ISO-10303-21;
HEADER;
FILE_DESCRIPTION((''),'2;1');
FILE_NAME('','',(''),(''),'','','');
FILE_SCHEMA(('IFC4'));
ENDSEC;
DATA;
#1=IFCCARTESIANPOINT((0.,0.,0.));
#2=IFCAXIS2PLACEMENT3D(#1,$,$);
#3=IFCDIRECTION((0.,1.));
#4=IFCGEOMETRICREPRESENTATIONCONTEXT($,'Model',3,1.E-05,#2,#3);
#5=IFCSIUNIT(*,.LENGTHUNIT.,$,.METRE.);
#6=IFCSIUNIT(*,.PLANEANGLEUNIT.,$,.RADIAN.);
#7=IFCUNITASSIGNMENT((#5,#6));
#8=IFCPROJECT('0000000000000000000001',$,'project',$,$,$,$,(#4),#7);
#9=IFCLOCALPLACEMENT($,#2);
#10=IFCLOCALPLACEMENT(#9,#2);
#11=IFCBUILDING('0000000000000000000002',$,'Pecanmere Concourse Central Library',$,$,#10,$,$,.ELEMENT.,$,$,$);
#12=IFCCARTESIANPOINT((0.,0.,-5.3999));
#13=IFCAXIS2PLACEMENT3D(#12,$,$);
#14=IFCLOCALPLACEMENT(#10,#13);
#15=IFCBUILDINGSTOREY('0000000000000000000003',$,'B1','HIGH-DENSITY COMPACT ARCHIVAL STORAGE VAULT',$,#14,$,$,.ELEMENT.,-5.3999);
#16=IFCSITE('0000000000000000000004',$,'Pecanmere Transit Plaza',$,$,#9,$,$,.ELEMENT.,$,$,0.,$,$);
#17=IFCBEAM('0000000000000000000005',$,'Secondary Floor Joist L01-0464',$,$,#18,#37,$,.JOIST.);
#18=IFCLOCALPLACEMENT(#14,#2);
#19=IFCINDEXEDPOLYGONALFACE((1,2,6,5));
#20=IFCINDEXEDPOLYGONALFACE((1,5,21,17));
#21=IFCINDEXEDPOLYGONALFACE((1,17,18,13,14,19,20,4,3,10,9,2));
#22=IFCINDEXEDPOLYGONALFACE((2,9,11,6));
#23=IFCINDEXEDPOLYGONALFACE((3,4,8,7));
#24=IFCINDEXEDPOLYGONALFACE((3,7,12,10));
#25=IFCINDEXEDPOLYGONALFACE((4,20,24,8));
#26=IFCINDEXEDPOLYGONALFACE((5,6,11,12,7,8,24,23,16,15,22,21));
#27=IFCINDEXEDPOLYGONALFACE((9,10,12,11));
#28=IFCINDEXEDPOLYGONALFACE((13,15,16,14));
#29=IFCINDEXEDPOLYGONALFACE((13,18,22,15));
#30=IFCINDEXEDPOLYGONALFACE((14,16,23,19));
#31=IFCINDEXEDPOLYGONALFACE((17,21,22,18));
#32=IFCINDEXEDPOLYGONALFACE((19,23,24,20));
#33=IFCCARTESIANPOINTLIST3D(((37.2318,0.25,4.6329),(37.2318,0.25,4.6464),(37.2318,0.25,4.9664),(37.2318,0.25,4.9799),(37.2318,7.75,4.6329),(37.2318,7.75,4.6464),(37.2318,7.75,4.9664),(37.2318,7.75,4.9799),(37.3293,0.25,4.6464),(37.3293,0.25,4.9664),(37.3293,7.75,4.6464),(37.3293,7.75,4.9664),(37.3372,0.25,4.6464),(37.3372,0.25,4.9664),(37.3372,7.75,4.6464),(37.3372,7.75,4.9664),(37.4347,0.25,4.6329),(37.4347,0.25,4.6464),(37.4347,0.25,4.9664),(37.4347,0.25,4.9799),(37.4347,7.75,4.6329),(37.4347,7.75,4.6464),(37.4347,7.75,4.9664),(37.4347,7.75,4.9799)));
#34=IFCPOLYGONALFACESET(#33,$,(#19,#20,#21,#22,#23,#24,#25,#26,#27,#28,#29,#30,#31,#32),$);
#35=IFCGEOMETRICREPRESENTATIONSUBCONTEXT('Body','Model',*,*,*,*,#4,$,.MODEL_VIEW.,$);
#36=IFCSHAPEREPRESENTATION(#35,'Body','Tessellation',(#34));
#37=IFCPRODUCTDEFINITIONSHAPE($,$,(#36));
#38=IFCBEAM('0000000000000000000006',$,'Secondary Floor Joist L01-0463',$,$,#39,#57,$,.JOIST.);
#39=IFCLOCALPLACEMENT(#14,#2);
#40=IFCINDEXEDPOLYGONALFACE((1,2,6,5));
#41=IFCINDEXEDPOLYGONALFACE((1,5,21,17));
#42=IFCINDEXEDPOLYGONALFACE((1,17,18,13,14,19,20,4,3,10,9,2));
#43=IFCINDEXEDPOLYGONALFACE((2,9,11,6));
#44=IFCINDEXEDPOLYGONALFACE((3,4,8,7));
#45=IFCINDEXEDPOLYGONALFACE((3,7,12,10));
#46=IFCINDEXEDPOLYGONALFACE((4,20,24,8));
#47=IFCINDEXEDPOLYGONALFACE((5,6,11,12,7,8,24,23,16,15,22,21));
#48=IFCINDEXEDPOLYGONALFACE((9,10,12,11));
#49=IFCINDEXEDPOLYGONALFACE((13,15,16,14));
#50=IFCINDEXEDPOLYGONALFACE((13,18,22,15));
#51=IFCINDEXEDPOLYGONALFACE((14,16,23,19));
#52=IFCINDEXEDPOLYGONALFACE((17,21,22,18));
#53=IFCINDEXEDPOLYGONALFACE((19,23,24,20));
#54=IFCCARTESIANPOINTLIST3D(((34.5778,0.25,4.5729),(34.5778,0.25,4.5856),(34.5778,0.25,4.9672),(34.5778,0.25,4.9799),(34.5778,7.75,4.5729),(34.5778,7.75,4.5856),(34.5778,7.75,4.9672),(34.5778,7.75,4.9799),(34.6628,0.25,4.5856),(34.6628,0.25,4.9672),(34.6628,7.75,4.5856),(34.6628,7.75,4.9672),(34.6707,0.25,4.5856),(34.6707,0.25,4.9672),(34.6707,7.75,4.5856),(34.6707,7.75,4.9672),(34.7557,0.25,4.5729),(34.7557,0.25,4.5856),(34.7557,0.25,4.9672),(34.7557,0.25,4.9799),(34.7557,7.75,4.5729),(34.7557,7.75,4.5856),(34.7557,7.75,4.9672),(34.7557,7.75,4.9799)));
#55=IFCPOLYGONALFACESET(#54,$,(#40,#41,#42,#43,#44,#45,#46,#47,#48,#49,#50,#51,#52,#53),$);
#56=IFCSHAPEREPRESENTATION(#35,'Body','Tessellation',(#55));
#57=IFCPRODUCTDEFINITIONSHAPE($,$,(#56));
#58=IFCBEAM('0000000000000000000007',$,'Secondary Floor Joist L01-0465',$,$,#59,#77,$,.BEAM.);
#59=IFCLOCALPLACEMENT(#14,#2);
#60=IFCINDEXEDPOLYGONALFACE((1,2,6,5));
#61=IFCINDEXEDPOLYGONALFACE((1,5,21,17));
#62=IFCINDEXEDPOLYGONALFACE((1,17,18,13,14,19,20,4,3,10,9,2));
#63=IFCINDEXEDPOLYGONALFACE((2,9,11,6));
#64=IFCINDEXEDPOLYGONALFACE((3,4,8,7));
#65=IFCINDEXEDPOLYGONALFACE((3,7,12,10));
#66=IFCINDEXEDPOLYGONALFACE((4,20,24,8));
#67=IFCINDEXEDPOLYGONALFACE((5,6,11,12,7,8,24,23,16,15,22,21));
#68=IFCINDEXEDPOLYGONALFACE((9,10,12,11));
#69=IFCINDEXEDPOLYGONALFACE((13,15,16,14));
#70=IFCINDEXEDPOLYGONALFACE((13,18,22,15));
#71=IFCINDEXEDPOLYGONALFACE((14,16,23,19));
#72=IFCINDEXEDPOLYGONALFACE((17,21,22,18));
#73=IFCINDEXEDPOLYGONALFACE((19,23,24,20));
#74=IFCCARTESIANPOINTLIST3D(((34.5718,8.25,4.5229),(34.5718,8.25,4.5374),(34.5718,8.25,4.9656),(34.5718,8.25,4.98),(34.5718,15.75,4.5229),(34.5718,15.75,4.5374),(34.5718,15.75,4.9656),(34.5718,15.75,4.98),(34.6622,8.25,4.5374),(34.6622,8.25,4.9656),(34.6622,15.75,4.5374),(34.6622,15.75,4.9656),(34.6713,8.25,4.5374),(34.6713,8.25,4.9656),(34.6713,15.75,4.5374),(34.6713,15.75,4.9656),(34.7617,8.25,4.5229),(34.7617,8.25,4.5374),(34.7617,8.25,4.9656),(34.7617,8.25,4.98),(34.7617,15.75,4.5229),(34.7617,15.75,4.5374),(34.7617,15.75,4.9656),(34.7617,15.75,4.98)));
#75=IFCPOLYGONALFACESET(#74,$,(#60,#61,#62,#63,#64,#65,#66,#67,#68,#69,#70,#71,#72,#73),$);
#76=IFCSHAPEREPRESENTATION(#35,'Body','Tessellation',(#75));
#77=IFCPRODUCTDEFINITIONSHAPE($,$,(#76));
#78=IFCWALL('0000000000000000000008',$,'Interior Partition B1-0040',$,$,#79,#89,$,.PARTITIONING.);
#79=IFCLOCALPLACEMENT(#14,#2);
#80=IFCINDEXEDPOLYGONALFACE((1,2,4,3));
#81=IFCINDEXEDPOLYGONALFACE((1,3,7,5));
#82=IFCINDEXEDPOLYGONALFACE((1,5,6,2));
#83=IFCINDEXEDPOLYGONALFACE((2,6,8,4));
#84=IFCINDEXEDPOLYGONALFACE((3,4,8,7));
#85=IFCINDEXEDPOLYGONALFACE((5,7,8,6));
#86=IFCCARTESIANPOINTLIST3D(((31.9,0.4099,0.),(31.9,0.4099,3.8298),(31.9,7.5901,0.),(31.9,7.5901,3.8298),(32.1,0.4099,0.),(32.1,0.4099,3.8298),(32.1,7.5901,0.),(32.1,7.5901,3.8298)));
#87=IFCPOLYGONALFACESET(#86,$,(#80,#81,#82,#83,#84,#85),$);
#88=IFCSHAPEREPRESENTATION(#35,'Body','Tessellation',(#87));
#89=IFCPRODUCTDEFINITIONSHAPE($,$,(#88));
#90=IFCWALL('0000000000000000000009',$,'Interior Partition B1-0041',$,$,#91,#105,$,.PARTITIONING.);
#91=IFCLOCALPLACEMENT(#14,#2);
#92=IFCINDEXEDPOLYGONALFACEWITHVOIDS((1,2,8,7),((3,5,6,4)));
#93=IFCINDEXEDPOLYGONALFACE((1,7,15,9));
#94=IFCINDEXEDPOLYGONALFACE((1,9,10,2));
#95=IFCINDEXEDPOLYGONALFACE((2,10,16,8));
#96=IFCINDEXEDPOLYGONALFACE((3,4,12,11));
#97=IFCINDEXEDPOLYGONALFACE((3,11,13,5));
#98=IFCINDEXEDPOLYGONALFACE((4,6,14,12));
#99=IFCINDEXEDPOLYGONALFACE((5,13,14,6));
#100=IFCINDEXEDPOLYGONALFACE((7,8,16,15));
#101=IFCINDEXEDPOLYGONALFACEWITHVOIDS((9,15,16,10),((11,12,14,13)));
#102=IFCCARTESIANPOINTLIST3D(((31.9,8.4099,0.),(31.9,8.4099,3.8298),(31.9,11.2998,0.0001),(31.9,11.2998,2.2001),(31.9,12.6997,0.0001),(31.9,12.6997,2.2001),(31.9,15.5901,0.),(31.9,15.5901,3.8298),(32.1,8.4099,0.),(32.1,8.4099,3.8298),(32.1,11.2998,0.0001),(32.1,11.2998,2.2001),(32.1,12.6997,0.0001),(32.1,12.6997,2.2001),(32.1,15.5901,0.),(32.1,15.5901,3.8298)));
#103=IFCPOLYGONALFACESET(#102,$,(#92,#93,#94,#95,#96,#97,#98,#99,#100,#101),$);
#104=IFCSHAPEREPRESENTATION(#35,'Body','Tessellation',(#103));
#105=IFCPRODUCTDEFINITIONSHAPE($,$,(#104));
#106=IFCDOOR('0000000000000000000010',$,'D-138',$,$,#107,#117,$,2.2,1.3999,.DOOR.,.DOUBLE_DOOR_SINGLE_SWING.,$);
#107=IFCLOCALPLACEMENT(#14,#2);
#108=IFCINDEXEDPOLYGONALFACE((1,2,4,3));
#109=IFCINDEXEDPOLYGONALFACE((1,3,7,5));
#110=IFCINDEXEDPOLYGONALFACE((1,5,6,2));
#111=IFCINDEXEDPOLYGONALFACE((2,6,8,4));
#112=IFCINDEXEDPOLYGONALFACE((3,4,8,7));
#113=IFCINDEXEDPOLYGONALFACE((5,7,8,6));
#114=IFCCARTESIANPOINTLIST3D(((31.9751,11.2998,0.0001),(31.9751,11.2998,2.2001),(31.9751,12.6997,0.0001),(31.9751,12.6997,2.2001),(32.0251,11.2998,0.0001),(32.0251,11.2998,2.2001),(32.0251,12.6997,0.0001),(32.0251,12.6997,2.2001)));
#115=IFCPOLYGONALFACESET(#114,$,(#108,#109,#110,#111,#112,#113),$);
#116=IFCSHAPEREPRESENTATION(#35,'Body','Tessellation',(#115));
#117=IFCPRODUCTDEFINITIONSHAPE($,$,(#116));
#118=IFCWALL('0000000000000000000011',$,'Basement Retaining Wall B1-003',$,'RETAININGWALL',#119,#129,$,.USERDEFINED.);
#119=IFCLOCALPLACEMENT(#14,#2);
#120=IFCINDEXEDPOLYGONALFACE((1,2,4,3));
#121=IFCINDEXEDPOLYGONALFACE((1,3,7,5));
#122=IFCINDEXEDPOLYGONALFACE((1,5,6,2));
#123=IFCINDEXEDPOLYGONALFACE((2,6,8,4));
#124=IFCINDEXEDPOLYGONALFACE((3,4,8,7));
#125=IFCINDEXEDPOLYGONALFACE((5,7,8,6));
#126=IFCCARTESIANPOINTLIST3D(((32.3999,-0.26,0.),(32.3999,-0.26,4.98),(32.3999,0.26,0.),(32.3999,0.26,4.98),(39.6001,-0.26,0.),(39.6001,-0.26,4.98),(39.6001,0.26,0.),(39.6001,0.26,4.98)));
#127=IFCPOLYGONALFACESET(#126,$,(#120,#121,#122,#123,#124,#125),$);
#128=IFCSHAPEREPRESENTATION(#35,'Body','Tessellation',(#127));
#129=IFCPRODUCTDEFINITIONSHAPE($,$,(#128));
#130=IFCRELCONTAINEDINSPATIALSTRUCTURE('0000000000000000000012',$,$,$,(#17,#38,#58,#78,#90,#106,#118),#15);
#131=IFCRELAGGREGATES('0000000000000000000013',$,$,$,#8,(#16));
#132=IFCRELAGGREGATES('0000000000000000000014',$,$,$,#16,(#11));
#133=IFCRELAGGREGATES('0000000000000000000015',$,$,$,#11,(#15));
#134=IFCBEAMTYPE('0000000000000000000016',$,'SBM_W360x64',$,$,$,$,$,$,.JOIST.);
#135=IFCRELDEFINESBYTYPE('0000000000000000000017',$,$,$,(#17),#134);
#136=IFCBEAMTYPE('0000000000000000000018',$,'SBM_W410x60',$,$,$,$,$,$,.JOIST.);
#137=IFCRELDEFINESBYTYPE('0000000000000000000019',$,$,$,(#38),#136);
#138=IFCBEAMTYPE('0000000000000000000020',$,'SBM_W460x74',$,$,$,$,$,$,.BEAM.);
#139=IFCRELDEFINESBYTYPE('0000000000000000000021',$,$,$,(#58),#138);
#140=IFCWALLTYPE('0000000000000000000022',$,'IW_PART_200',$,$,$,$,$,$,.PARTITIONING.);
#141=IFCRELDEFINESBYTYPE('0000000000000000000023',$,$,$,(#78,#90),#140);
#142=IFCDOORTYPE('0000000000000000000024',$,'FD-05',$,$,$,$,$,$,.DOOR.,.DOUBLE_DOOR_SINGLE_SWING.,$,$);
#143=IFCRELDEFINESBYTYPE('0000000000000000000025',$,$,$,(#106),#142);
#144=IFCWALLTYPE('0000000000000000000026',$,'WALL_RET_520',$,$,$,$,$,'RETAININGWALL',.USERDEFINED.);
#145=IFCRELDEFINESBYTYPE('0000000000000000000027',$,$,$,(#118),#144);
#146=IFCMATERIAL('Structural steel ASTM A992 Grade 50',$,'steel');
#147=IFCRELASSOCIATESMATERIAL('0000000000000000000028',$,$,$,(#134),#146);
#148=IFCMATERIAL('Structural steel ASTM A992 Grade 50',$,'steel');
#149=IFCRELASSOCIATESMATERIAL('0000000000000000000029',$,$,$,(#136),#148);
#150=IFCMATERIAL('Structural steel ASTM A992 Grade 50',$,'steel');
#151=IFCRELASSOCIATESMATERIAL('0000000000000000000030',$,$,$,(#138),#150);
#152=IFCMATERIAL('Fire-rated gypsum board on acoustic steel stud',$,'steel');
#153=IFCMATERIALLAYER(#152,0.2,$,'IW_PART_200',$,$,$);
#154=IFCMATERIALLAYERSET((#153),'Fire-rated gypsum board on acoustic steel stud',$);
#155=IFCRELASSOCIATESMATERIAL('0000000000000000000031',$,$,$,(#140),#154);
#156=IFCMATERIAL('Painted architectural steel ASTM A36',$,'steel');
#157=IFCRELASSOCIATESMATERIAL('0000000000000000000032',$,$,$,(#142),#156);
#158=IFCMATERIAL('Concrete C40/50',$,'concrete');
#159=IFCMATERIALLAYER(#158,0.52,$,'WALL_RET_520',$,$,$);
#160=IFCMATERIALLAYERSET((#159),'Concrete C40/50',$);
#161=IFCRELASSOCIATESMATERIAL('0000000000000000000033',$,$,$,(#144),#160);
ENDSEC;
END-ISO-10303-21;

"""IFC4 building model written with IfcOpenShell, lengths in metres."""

from ifc_helpers import new_model, si_unit, direction, frame, frame_2d, origin, origin_2d, place, context, subcontext, project, spatial, rectangle, i_section, extrude, material, layer, layer_set, material_profile, profile_set, type_object, element, fill, save


model = new_model("IFC4")

# Units and contexts
model_context = context("Model", 3, precision=1e-05, world=origin(), true_north=direction((0.0, 1.0)))
body_context = subcontext(model_context, "Body", "Model", "MODEL_VIEW")
ifc_project = project(units=[si_unit("LENGTHUNIT", "METRE"), si_unit("PLANEANGLEUNIT", "RADIAN")], contexts=[model_context])

# Site, building, storey
site_placement = place(None, origin())
site = spatial("IfcSite", under=ifc_project, at=site_placement, Name="Pecanmere Transit Plaza", CompositionType="ELEMENT", RefElevation=0.0)
building_placement = place(site_placement, origin())
building = spatial("IfcBuilding", under=site, at=building_placement, Name="Pecanmere Concourse Central Library", CompositionType="ELEMENT")
storey_placement = place(building_placement, frame((0.0, 0.0, -5.3999)))
storey = spatial("IfcBuildingStorey", under=building, at=storey_placement, Name="B1", Description="HIGH-DENSITY COMPACT ARCHIVAL STORAGE VAULT", CompositionType="ELEMENT", Elevation=-5.3999)

# Beams
ifc_material_1 = material(Name="Structural steel ASTM A992 Grade 50", Category="steel")
ifc_material_profile_1 = material_profile(ifc_material_1, i_section(OverallWidth=0.2029, OverallDepth=0.3469, WebThickness=0.0078, FlangeThickness=0.0134, at=origin_2d()), Name="W360x64")
ifc_profile_set_1 = profile_set([ifc_material_profile_1], Name="Structural steel ASTM A992 Grade 50")
beam_type_1 = type_object("IfcBeamType", Name="SBM_W360x64", PredefinedType="JOIST", material=ifc_profile_set_1)
beam_1_placement = place(storey_placement, frame((37.3333, 0.25, 4.8064), z_axis=(0.0, 1.0, 0.0), x_axis=(-1.0, 0.0, 0.0)))
element("IfcBeam", 1, at=beam_1_placement, inside=storey, type_object=beam_type_1, Name="Secondary Floor Joist L01-0464", PredefinedType="JOIST", context=body_context, shape_type="SweptSolid", body=[
    extrude(i_section(OverallWidth=0.2029, OverallDepth=0.3469, WebThickness=0.0078, FlangeThickness=0.0134, at=origin_2d()), origin(), (0.0, 0.0, 1.0), 7.5),
])
ifc_material_2 = material(Name="Structural steel ASTM A992 Grade 50", Category="steel")
ifc_material_profile_2 = material_profile(ifc_material_2, i_section(OverallWidth=0.178, OverallDepth=0.407, WebThickness=0.0078, FlangeThickness=0.0127, at=origin_2d()), Name="W410x60")
ifc_profile_set_2 = profile_set([ifc_material_profile_2], Name="Structural steel ASTM A992 Grade 50")
beam_type_2 = type_object("IfcBeamType", Name="SBM_W410x60", PredefinedType="JOIST", material=ifc_profile_set_2)
beam_2_placement = place(storey_placement, frame((34.6667, 0.25, 4.7764), z_axis=(0.0, 1.0, 0.0), x_axis=(-1.0, 0.0, 0.0)))
element("IfcBeam", 2, at=beam_2_placement, inside=storey, type_object=beam_type_2, Name="Secondary Floor Joist L01-0463", PredefinedType="JOIST", context=body_context, shape_type="SweptSolid", body=[
    extrude(i_section(OverallWidth=0.178, OverallDepth=0.407, WebThickness=0.0078, FlangeThickness=0.0127, at=origin_2d()), origin(), (0.0, 0.0, 1.0), 7.5),
])
ifc_material_3 = material(Name="Structural steel ASTM A992 Grade 50", Category="steel")
ifc_material_profile_3 = material_profile(ifc_material_3, i_section(OverallWidth=0.1899, OverallDepth=0.457, WebThickness=0.009, FlangeThickness=0.0144, at=origin_2d()), Name="W460x74")
ifc_profile_set_3 = profile_set([ifc_material_profile_3], Name="Structural steel ASTM A992 Grade 50")
beam_type_3 = type_object("IfcBeamType", Name="SBM_W460x74", PredefinedType="BEAM", material=ifc_profile_set_3)
beam_3_placement = place(storey_placement, frame((34.6667, 8.25, 4.7515), z_axis=(0.0, 1.0, 0.0), x_axis=(-1.0, 0.0, 0.0)))
element("IfcBeam", 3, at=beam_3_placement, inside=storey, type_object=beam_type_3, Name="Secondary Floor Joist L01-0465", PredefinedType="BEAM", context=body_context, shape_type="SweptSolid", body=[
    extrude(i_section(OverallWidth=0.1899, OverallDepth=0.457, WebThickness=0.009, FlangeThickness=0.0144, at=origin_2d()), origin(), (0.0, 0.0, 1.0), 7.5),
])

# Wall
ifc_material_4 = material(Name="Fire-rated gypsum board on acoustic steel stud", Category="steel")
ifc_layer_1 = layer(ifc_material_4, 0.2, Name="IW_PART_200")
ifc_layer_set_1 = layer_set([ifc_layer_1], Name="Fire-rated gypsum board on acoustic steel stud")
wall_type_1 = type_object("IfcWallType", Name="IW_PART_200", PredefinedType="PARTITIONING", material=ifc_layer_set_1)
wall_1_placement = place(storey_placement, frame((32.0, 0.4099, 0.0), z_axis=(0.0, 0.0, 1.0), x_axis=(0.0, 1.0, 0.0)))
element("IfcWall", 4, at=wall_1_placement, inside=storey, type_object=wall_type_1, Name="Interior Partition B1-0040", PredefinedType="PARTITIONING", context=body_context, shape_type="SweptSolid", body=[
    extrude(rectangle(XDim=7.1802, YDim=0.2, at=frame_2d((3.5901, 0.0))), origin(), (0.0, 0.0, 1.0), 3.8298),
])

# Wall, opening, door
wall_2_placement = place(storey_placement, frame((32.0, 8.4099, 0.0), z_axis=(0.0, 0.0, 1.0), x_axis=(0.0, 1.0, 0.0)))
wall_2 = element("IfcWall", 5, at=wall_2_placement, inside=storey, type_object=wall_type_1, Name="Interior Partition B1-0041", PredefinedType="PARTITIONING", context=body_context, shape_type="SweptSolid", body=[
    extrude(rectangle(XDim=7.1802, YDim=0.2, at=frame_2d((3.5901, 0.0))), origin(), (0.0, 0.0, 1.0), 3.8298),
])
opening_placement = place(wall_2_placement, frame((2.8899, 0.0, 0.0)))
opening = element("IfcOpeningElement", 6, at=opening_placement, cuts=wall_2, PredefinedType="OPENING", context=body_context, shape_type="SweptSolid", body=[
    extrude(rectangle(XDim=1.3999, YDim=2.2, at=frame_2d((0.7, 1.1001))), frame((0.0, 0.1118, 0.0), z_axis=(0.0, -1.0, 0.0), x_axis=(1.0, 0.0, 0.0)), (0.0, 0.0, 1.0), 0.2239),
])
ifc_material_5 = material(Name="Painted architectural steel ASTM A36", Category="steel")
door_type = type_object("IfcDoorType", Name="FD-05", OperationType="DOUBLE_DOOR_SINGLE_SWING", PredefinedType="DOOR", material=ifc_material_5)
door_placement = place(opening_placement, origin())
door = element("IfcDoor", 7, at=door_placement, inside=storey, type_object=door_type, Name="D-138", OperationType="DOUBLE_DOOR_SINGLE_SWING", OverallHeight=2.2, OverallWidth=1.3999, PredefinedType="DOOR", context=body_context, shape_type="SweptSolid", body=[
    extrude(rectangle(XDim=1.3999, YDim=2.2, at=frame_2d((0.7, 1.1001))), frame((0.0, 0.0249, 0.0), z_axis=(0.0, -1.0, 0.0), x_axis=(1.0, 0.0, 0.0)), (0.0, 0.0, 1.0), 0.05),
])
fill(opening, door)

# Wall
ifc_material_6 = material(Name="Concrete C40/50", Category="concrete")
ifc_layer_2 = layer(ifc_material_6, 0.52, Name="WALL_RET_520")
ifc_layer_set_2 = layer_set([ifc_layer_2], Name="Concrete C40/50")
wall_type_2 = type_object("IfcWallType", Name="WALL_RET_520", ElementType="RETAININGWALL", PredefinedType="USERDEFINED", material=ifc_layer_set_2)
wall_3_placement = place(storey_placement, frame((32.3999, 0.0, 0.0), z_axis=(0.0, 0.0, 1.0), x_axis=(1.0, 0.0, 0.0)))
element("IfcWall", 8, at=wall_3_placement, inside=storey, type_object=wall_type_2, Name="Basement Retaining Wall B1-003", ObjectType="RETAININGWALL", PredefinedType="USERDEFINED", context=body_context, shape_type="SweptSolid", body=[
    extrude(rectangle(XDim=7.2002, YDim=0.52, at=frame_2d((3.6001, 0.0))), origin(), (0.0, 0.0, 1.0), 4.98),
])

save(model, "model.ifc")
